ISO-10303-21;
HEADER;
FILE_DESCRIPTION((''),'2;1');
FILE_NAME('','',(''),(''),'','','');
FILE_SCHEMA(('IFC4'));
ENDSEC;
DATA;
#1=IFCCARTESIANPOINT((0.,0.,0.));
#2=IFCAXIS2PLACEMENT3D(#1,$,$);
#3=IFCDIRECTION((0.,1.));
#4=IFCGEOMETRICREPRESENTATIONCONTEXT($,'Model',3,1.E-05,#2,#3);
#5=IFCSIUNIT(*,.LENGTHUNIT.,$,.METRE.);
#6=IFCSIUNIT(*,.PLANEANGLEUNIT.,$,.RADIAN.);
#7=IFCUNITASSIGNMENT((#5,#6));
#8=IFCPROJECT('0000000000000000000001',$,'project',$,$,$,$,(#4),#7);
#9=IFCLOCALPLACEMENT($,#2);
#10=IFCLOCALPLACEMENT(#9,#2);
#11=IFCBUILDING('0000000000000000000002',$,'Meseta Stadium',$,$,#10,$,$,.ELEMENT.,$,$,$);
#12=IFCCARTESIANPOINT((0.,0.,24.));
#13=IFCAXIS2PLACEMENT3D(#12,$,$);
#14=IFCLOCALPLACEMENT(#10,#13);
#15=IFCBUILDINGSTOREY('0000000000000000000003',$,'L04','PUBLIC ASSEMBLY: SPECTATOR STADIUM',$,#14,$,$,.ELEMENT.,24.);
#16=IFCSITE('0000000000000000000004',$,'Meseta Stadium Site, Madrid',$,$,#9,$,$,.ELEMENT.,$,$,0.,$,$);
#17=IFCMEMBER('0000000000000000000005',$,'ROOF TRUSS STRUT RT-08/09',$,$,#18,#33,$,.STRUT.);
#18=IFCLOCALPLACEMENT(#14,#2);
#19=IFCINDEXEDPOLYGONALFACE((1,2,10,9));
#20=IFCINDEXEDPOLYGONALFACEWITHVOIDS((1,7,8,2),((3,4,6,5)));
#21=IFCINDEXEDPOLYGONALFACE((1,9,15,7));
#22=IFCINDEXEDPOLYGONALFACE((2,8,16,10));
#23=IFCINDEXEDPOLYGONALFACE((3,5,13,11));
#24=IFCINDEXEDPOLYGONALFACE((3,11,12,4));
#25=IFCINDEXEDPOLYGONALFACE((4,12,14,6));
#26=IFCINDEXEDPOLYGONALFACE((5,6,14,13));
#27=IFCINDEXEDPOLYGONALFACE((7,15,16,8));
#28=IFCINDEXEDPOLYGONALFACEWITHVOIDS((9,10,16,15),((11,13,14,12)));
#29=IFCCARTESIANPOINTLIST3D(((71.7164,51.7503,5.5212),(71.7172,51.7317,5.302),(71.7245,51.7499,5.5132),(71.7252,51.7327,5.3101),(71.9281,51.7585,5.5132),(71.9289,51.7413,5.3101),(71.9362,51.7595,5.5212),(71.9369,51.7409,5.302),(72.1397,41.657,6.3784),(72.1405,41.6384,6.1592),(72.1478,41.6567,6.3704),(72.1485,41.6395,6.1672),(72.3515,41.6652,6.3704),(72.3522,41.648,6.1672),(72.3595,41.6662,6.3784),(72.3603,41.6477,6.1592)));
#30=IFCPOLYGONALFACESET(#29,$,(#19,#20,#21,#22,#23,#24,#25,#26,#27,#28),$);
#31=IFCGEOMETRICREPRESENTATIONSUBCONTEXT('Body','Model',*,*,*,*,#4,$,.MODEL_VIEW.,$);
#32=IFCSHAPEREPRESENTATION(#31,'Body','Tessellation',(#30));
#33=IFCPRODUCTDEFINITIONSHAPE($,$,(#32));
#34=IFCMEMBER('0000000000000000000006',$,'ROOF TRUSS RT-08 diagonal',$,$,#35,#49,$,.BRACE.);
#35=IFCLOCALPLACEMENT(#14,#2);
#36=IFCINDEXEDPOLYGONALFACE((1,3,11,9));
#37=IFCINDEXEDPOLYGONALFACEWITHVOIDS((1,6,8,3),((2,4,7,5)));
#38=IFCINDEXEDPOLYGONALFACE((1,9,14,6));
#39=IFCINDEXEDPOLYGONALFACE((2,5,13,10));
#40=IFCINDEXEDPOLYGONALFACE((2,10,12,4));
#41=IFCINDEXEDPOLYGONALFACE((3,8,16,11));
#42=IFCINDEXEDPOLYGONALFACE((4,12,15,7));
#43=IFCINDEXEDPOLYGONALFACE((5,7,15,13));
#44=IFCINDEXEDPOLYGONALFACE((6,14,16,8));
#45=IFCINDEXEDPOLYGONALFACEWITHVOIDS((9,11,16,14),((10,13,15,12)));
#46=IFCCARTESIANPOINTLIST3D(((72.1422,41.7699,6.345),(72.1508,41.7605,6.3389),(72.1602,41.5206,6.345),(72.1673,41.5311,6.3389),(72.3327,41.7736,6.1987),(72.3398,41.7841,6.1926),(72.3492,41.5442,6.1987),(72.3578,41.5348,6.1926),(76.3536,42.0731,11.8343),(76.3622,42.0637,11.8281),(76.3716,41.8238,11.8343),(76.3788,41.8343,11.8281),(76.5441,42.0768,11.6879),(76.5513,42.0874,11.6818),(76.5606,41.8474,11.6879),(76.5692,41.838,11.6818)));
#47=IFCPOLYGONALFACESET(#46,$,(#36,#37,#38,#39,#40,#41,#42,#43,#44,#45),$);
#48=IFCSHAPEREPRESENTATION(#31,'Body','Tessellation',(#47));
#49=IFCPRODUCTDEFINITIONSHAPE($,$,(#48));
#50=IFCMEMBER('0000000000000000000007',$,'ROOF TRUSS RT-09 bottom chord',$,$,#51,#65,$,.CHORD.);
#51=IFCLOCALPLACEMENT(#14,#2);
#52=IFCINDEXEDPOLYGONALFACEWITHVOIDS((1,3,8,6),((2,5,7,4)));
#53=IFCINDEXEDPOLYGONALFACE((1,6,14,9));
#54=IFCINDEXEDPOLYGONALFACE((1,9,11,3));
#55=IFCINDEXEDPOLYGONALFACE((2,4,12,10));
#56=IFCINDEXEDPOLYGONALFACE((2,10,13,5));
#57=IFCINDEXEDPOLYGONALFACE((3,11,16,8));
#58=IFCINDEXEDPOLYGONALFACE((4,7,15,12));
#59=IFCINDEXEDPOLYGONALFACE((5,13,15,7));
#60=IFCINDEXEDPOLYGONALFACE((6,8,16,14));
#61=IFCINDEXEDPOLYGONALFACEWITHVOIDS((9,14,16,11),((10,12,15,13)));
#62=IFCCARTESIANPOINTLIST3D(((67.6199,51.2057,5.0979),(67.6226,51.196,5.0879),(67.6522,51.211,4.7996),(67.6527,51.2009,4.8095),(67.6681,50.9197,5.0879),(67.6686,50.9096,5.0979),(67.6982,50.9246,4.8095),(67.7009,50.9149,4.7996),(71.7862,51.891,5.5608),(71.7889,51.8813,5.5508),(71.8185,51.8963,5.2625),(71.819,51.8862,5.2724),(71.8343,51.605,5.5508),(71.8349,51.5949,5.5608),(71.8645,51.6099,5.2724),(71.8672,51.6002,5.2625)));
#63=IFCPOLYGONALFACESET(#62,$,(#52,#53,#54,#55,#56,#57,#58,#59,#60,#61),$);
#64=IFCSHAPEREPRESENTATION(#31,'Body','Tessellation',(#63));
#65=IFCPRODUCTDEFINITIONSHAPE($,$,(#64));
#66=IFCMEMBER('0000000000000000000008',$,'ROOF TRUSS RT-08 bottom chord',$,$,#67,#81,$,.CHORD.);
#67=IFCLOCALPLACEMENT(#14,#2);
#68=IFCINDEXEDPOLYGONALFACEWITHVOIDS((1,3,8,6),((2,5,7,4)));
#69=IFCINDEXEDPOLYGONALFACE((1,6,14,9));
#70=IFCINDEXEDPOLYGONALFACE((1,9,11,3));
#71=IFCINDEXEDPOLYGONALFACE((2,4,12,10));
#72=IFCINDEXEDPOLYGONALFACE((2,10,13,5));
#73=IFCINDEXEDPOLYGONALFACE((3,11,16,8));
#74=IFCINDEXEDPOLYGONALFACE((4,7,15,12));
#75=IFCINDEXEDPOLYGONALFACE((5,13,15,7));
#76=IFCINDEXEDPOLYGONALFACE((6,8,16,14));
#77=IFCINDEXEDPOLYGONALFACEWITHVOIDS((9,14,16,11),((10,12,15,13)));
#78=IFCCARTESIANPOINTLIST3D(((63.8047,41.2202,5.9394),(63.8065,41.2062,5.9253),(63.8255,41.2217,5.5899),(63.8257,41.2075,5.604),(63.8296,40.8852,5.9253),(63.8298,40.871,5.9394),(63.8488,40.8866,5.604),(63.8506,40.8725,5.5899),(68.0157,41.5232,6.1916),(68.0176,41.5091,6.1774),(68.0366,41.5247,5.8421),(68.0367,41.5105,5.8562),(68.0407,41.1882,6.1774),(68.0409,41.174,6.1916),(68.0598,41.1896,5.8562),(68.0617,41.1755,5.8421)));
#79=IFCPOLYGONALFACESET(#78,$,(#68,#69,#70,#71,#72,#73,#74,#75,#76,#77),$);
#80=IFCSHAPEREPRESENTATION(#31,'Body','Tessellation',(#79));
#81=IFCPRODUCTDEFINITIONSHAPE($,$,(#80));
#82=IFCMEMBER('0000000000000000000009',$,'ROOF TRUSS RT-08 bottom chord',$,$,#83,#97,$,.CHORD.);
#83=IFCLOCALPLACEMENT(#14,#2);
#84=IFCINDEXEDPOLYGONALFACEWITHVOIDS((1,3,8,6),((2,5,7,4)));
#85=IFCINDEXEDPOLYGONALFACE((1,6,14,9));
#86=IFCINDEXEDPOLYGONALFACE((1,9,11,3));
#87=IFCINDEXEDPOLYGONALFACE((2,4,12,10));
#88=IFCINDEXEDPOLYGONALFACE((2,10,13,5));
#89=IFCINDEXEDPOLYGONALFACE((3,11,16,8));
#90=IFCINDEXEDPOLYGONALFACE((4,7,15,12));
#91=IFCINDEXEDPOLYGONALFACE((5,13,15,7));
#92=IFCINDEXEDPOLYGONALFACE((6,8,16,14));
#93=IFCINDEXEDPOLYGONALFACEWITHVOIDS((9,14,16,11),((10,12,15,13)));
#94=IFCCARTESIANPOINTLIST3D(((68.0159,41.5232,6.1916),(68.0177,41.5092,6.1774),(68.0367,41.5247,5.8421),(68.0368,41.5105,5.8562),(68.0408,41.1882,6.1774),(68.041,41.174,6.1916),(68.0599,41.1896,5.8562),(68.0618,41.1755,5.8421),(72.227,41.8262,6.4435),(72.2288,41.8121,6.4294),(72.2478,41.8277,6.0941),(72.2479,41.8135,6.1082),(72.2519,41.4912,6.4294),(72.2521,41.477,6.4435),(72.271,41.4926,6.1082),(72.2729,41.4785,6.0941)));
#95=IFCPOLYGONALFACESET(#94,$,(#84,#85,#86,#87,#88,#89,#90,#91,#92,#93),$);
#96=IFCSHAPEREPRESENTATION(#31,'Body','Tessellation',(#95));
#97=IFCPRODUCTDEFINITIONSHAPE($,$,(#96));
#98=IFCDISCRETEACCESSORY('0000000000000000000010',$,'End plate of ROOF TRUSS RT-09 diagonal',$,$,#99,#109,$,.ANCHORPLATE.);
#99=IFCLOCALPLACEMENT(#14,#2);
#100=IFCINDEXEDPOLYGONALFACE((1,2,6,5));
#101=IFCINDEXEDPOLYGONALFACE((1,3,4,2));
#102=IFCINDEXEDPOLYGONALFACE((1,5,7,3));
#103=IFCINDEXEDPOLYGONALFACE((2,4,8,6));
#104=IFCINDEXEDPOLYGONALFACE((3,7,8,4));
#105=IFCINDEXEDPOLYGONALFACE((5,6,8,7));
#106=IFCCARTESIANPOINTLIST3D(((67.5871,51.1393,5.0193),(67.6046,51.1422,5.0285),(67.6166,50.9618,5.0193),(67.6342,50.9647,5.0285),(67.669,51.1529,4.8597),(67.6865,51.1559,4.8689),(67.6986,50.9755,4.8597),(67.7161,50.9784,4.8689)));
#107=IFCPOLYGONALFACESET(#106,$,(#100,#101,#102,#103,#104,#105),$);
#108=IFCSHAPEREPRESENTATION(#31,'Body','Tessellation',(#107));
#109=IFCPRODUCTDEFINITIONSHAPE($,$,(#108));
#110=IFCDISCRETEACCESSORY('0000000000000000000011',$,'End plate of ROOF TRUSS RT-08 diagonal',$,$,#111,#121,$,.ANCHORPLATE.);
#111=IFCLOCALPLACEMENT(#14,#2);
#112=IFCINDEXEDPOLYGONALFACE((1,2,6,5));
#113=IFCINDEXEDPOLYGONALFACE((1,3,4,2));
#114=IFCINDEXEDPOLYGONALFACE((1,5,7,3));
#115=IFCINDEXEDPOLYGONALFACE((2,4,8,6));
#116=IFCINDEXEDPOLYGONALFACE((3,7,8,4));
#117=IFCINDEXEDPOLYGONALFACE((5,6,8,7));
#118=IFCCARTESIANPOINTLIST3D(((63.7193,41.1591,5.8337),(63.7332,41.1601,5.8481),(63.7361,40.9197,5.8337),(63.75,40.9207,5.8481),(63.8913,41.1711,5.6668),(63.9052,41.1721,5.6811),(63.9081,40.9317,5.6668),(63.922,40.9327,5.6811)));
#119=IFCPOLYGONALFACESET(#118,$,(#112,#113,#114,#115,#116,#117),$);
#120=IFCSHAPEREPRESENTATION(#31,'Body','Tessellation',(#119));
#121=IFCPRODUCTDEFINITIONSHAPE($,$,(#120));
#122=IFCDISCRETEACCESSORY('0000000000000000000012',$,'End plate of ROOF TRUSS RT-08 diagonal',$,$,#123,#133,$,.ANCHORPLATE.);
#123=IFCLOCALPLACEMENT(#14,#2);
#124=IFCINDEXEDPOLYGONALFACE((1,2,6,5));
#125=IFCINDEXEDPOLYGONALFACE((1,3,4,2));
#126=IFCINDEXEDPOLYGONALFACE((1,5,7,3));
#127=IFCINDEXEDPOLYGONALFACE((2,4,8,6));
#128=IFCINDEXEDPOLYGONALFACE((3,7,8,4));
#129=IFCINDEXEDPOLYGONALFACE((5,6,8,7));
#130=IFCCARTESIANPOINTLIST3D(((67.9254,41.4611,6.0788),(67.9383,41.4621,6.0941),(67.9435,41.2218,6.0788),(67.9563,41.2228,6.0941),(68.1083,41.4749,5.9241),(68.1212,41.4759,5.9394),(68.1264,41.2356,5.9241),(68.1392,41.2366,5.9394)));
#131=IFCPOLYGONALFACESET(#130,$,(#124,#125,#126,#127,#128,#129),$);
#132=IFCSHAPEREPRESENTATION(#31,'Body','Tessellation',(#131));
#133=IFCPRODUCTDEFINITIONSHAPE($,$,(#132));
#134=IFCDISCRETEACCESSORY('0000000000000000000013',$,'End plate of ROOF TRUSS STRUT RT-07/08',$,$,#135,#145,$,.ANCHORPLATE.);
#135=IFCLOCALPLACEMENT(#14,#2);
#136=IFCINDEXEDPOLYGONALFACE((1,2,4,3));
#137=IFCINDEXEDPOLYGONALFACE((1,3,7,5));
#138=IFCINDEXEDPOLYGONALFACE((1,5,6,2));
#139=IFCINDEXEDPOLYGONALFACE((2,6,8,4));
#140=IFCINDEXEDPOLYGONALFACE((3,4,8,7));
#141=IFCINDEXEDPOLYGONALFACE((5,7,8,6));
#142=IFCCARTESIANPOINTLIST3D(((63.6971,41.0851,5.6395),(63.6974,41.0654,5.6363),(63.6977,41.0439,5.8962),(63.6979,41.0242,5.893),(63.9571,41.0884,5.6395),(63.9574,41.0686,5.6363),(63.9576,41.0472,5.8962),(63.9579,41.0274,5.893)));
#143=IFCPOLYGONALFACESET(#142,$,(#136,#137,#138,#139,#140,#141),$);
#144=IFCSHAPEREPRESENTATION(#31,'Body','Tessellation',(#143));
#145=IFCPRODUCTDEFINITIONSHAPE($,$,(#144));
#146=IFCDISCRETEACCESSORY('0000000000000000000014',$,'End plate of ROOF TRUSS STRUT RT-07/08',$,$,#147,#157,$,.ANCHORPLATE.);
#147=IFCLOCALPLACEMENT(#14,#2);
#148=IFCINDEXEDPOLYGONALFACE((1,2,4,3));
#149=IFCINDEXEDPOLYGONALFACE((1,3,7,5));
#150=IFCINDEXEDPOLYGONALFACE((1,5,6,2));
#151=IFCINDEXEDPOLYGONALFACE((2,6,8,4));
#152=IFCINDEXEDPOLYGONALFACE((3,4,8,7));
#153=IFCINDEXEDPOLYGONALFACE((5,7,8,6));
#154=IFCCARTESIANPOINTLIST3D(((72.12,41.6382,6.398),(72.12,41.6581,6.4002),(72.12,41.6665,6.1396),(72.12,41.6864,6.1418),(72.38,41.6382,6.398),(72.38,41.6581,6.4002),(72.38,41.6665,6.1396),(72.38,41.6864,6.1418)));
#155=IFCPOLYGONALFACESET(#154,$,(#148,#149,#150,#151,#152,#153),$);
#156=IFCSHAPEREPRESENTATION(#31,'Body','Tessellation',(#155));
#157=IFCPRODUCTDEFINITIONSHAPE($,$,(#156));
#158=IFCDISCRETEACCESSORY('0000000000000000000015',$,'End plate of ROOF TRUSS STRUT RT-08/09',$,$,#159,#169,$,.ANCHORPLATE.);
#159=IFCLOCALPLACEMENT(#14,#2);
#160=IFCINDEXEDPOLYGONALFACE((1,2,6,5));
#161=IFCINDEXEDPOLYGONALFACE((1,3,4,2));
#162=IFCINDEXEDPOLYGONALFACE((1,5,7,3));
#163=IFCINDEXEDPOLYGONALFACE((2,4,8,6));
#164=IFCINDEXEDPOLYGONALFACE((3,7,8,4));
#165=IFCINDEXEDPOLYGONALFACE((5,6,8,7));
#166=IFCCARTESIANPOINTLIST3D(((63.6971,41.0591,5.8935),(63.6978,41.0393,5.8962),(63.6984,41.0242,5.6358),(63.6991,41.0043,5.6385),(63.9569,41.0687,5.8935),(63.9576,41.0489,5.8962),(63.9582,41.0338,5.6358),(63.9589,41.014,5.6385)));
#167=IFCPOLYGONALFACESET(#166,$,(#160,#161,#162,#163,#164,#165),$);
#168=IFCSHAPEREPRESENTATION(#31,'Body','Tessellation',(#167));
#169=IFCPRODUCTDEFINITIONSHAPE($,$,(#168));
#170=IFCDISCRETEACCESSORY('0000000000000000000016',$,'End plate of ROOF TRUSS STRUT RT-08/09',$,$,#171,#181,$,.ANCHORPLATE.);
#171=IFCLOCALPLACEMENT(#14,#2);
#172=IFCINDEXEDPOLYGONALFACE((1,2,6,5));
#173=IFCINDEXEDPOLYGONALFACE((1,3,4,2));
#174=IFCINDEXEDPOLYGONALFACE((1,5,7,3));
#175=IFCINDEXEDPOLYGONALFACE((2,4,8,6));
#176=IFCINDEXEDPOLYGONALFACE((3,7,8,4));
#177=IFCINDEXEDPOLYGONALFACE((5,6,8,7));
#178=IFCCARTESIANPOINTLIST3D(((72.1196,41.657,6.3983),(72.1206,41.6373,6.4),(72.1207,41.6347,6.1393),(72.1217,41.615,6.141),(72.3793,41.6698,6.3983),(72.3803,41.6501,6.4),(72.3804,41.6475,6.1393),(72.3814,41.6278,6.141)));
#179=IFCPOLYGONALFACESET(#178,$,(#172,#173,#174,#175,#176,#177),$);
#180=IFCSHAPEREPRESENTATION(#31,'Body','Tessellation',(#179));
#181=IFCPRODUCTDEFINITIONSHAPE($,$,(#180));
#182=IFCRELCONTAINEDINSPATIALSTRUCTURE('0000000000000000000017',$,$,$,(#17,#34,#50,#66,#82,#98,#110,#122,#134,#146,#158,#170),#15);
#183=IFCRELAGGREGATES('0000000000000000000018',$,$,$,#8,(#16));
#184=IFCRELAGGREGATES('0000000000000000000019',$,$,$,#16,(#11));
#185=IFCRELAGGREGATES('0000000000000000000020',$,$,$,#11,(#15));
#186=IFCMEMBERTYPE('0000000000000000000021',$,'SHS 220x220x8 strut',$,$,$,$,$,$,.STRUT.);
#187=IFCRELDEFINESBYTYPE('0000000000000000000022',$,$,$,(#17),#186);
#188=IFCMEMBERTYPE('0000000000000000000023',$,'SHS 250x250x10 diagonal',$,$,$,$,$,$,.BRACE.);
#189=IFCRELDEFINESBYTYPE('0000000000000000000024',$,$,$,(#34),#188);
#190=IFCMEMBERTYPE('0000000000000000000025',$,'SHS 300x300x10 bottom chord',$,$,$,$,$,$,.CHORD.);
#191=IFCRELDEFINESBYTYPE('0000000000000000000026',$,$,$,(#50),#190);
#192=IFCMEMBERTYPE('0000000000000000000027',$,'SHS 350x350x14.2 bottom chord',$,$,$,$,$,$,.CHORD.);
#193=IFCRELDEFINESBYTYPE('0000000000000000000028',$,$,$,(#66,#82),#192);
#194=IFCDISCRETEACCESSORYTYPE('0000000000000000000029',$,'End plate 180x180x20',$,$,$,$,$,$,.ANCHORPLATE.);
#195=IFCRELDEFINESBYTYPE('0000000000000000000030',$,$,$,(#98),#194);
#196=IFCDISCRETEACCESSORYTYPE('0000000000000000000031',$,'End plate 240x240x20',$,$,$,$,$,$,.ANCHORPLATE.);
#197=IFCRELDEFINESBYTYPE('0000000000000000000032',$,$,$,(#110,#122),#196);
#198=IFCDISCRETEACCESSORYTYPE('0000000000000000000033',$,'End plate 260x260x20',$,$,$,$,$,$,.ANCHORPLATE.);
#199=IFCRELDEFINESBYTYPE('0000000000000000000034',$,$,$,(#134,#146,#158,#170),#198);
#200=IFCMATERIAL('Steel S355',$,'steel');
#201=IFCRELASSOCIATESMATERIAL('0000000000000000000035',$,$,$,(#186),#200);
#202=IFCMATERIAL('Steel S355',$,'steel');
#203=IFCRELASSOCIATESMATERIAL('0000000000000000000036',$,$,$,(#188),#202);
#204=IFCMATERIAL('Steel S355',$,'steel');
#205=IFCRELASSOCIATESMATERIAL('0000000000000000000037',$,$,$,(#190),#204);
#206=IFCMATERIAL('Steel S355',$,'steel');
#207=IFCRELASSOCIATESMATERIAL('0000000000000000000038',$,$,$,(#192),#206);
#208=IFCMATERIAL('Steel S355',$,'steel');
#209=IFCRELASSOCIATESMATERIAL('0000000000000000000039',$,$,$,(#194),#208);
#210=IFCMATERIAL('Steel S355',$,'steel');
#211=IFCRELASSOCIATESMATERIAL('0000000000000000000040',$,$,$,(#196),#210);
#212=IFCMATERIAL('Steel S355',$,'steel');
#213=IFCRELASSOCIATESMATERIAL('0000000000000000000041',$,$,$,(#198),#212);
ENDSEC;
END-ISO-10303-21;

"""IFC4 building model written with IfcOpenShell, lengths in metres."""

from ifc_helpers import new_model, si_unit, direction, frame, origin, origin_2d, place, context, subcontext, project, spatial, rectangle, hollow_rectangle, extrude, material, material_profile, profile_set, type_object, element, save


model = new_model("IFC4")

# Units and contexts
model_context = context("Model", 3, precision=1e-05, world=origin(), true_north=direction((0.0, 1.0)))
body_context = subcontext(model_context, "Body", "Model", "MODEL_VIEW")
ifc_project = project(units=[si_unit("LENGTHUNIT", "METRE"), si_unit("PLANEANGLEUNIT", "RADIAN")], contexts=[model_context])

# Site, building, storey
site_placement = place(None, origin())
site = spatial("IfcSite", under=ifc_project, at=site_placement, Name="Meseta Stadium Site, Madrid", CompositionType="ELEMENT", RefElevation=0.0)
building_placement = place(site_placement, origin())
building = spatial("IfcBuilding", under=site, at=building_placement, Name="Meseta Stadium", CompositionType="ELEMENT")
storey_placement = place(building_placement, frame((0.0, 0.0, 24.0)))
storey = spatial("IfcBuildingStorey", under=building, at=storey_placement, Name="L04", Description="PUBLIC ASSEMBLY: SPECTATOR STADIUM", CompositionType="ELEMENT", Elevation=24.0)

# Members
ifc_material_1 = material(Name="Steel S355", Category="steel")
ifc_material_profile_1 = material_profile(ifc_material_1, hollow_rectangle(XDim=0.22, YDim=0.22, WallThickness=0.0081, at=origin_2d()), Name="SHS 220x220x8")
ifc_profile_set_1 = profile_set([ifc_material_profile_1], Name="Steel S355")
member_type_1 = type_object("IfcMemberType", Name="SHS 220x220x8 strut", PredefinedType="STRUT", material=ifc_profile_set_1)
member_1_placement = place(storey_placement, frame((72.25, 41.6523, 6.2688), z_axis=(-0.041756, 0.995544, -0.084547), x_axis=(-0.999122, -0.041906, 0.0)))
element("IfcMember", 1, at=member_1_placement, inside=storey, type_object=member_type_1, Name="ROOF TRUSS STRUT RT-08/09", PredefinedType="STRUT", context=body_context, shape_type="SweptSolid", body=[
    extrude(hollow_rectangle(XDim=0.22, YDim=0.22, WallThickness=0.0081, at=origin_2d()), origin(), (0.0, 0.0, 1.0), 10.1384),
])
ifc_material_2 = material(Name="Steel S355", Category="steel")
ifc_material_profile_2 = material_profile(ifc_material_2, hollow_rectangle(XDim=0.25, YDim=0.25, WallThickness=0.01, at=origin_2d()), Name="SHS 250x250x10")
ifc_profile_set_2 = profile_set([ifc_material_profile_2], Name="Steel S355")
member_type_2 = type_object("IfcMemberType", Name="SHS 250x250x10 diagonal", PredefinedType="BRACE", material=ifc_profile_set_2)
member_2_placement = place(storey_placement, frame((72.25, 41.6523, 6.2688), z_axis=(0.60812, 0.043785, 0.792636), x_axis=(-0.071814, 0.997418, 0.0)))
element("IfcMember", 2, at=member_2_placement, inside=storey, type_object=member_type_2, Name="ROOF TRUSS RT-08 diagonal", PredefinedType="BRACE", context=body_context, shape_type="SweptSolid", body=[
    extrude(hollow_rectangle(XDim=0.25, YDim=0.25, WallThickness=0.01, at=origin_2d()), origin(), (0.0, 0.0, 1.0), 6.9253),
])
ifc_material_3 = material(Name="Steel S355", Category="steel")
ifc_material_profile_3 = material_profile(ifc_material_3, hollow_rectangle(XDim=0.3, YDim=0.3, WallThickness=0.01, at=origin_2d()), Name="SHS 300x300x10")
ifc_profile_set_3 = profile_set([ifc_material_profile_3], Name="Steel S355")
member_type_3 = type_object("IfcMemberType", Name="SHS 300x300x10 bottom chord", PredefinedType="CHORD", material=ifc_profile_set_3)
member_3_placement = place(storey_placement, frame((67.6604, 51.0603, 4.9487), z_axis=(0.980863, 0.161341, 0.108978), x_axis=(-0.162308, 0.98674, 0.0)))
element("IfcMember", 3, at=member_3_placement, inside=storey, type_object=member_type_3, Name="ROOF TRUSS RT-09 bottom chord", PredefinedType="CHORD", context=body_context, shape_type="SweptSolid", body=[
    extrude(hollow_rectangle(XDim=0.3, YDim=0.3, WallThickness=0.01, at=origin_2d()), origin(), (0.0, 0.0, 1.0), 4.2476),
])
ifc_material_4 = material(Name="Steel S355", Category="steel")
ifc_material_profile_4 = material_profile(ifc_material_4, hollow_rectangle(XDim=0.3501, YDim=0.3501, WallThickness=0.0142, at=origin_2d()), Name="SHS 350x350x14.2")
ifc_profile_set_4 = profile_set([ifc_material_profile_4], Name="Steel S355")
member_type_4 = type_object("IfcMemberType", Name="SHS 350x350x14.2 bottom chord", PredefinedType="CHORD", material=ifc_profile_set_4)
for number, where, z_axis, x_axis, name in (
    (4, (63.8276, 41.0464, 5.7646), (0.995647, 0.071633, 0.059627), (-0.071761, 0.997422, 0.0), "ROOF TRUSS RT-08 bottom chord"),
    (5, (68.0388, 41.3494, 6.0168), (0.995651, 0.071633, 0.059569), (-0.071761, 0.997422, 0.0), "ROOF TRUSS RT-08 bottom chord"),
):
    element("IfcMember", number, at=place(storey_placement, frame(where, z_axis=z_axis, x_axis=x_axis)), inside=storey, type_object=member_type_4, Name=name, PredefinedType="CHORD", context=body_context, shape_type="SweptSolid", body=[
        extrude(hollow_rectangle(XDim=0.3501, YDim=0.3501, WallThickness=0.0142, at=origin_2d()), origin(), (0.0, 0.0, 1.0), 4.2295),
    ])

# Discrete accessories
ifc_material_5 = material(Name="Steel S355", Category="steel")
ifc_material_profile_5 = material_profile(ifc_material_5, rectangle(XDim=0.1799, YDim=0.1799, at=origin_2d()), Name="PL 180x180")
ifc_profile_set_5 = profile_set([ifc_material_profile_5], Name="Steel S355")
discrete_accessory_type_1 = type_object("IfcDiscreteAccessoryType", Name="End plate 180x180x20", PredefinedType="ANCHORPLATE", material=ifc_profile_set_5)
discrete_accessory_1_placement = place(storey_placement, frame((67.6428, 51.0574, 4.9395), z_axis=(0.874931, 0.145822, 0.461769), x_axis=(-0.164399, 0.986394, 0.0)))
element("IfcDiscreteAccessory", 6, at=discrete_accessory_1_placement, inside=storey, type_object=discrete_accessory_type_1, Name="End plate of ROOF TRUSS RT-09 diagonal", PredefinedType="ANCHORPLATE", context=body_context, shape_type="SweptSolid", body=[
    extrude(rectangle(XDim=0.1799, YDim=0.1799, at=origin_2d()), origin(), (0.0, 0.0, 1.0), 0.02),
])
ifc_material_6 = material(Name="Steel S355", Category="steel")
ifc_material_profile_6 = material_profile(ifc_material_6, rectangle(XDim=0.24, YDim=0.24, at=origin_2d()), Name="PL 240x240")
ifc_profile_set_6 = profile_set([ifc_material_profile_6], Name="Steel S355")
discrete_accessory_type_2 = type_object("IfcDiscreteAccessoryType", Name="End plate 240x240x20", PredefinedType="ANCHORPLATE", material=ifc_profile_set_6)
for number, where, z_axis, x_axis, name in (
    (7, (63.8137, 41.0454, 5.7502), (0.693988, 0.048701, 0.718338), (-0.070003, 0.997547, 0.0), "End plate of ROOF TRUSS RT-08 diagonal"),
    (8, (68.0259, 41.3484, 6.0015), (0.643003, 0.048529, 0.764324), (-0.075258, 0.997164, 0.0), "End plate of ROOF TRUSS RT-08 diagonal"),
):
    element("IfcDiscreteAccessory", number, at=place(storey_placement, frame(where, z_axis=z_axis, x_axis=x_axis)), inside=storey, type_object=discrete_accessory_type_2, Name=name, PredefinedType="ANCHORPLATE", context=body_context, shape_type="SweptSolid", body=[
        extrude(rectangle(XDim=0.24, YDim=0.24, at=origin_2d()), origin(), (0.0, 0.0, 1.0), 0.02),
    ])
ifc_material_7 = material(Name="Steel S355", Category="steel")
ifc_material_profile_7 = material_profile(ifc_material_7, rectangle(XDim=0.26, YDim=0.26, at=origin_2d()), Name="PL 260x260")
ifc_profile_set_7 = profile_set([ifc_material_profile_7], Name="Steel S355")
discrete_accessory_type_3 = type_object("IfcDiscreteAccessoryType", Name="End plate 260x260x20", PredefinedType="ANCHORPLATE", material=ifc_profile_set_7)
for number, where, z_axis, x_axis, name in (
    (9, (63.8276, 41.0464, 5.7646), (-0.012189, 0.987291, 0.158454), (-0.999924, -0.012345, 0.0), "End plate of ROOF TRUSS STRUT RT-07/08"),
    (10, (72.25, 41.6523, 6.2688), (0.0, 0.994031, 0.109101), (-1.0, 0.0, 0.0), "End plate of ROOF TRUSS STRUT RT-07/08"),
    (11, (63.8284, 41.0266, 5.7673), (-0.036675, 0.990238, -0.134477), (-0.999315, -0.037012, 0.0), "End plate of ROOF TRUSS STRUT RT-08/09"),
):
    element("IfcDiscreteAccessory", number, at=place(storey_placement, frame(where, z_axis=z_axis, x_axis=x_axis)), inside=storey, type_object=discrete_accessory_type_3, Name=name, PredefinedType="ANCHORPLATE", context=body_context, shape_type="SweptSolid", body=[
        extrude(rectangle(XDim=0.26, YDim=0.26, at=origin_2d()), origin(), (0.0, 0.0, 1.0), 0.02),
    ])
for number, where, z_axis, x_axis, name in (
    (12, (72.251, 41.6326, 6.2705), (-0.04914, 0.995083, -0.085995), (-0.998783, -0.049323, 0.0), "End plate of ROOF TRUSS STRUT RT-08/09"),
):
    element("IfcDiscreteAccessory", number, at=place(storey_placement, frame(where, z_axis=z_axis, x_axis=x_axis)), inside=storey, type_object=discrete_accessory_type_3, Name=name, PredefinedType="ANCHORPLATE", context=body_context, shape_type="SweptSolid", body=[
        extrude(rectangle(XDim=0.26, YDim=0.26, at=origin_2d()), origin(), (0.0, 0.0, 1.0), 0.0198),
    ])

save(model, "model.ifc")
